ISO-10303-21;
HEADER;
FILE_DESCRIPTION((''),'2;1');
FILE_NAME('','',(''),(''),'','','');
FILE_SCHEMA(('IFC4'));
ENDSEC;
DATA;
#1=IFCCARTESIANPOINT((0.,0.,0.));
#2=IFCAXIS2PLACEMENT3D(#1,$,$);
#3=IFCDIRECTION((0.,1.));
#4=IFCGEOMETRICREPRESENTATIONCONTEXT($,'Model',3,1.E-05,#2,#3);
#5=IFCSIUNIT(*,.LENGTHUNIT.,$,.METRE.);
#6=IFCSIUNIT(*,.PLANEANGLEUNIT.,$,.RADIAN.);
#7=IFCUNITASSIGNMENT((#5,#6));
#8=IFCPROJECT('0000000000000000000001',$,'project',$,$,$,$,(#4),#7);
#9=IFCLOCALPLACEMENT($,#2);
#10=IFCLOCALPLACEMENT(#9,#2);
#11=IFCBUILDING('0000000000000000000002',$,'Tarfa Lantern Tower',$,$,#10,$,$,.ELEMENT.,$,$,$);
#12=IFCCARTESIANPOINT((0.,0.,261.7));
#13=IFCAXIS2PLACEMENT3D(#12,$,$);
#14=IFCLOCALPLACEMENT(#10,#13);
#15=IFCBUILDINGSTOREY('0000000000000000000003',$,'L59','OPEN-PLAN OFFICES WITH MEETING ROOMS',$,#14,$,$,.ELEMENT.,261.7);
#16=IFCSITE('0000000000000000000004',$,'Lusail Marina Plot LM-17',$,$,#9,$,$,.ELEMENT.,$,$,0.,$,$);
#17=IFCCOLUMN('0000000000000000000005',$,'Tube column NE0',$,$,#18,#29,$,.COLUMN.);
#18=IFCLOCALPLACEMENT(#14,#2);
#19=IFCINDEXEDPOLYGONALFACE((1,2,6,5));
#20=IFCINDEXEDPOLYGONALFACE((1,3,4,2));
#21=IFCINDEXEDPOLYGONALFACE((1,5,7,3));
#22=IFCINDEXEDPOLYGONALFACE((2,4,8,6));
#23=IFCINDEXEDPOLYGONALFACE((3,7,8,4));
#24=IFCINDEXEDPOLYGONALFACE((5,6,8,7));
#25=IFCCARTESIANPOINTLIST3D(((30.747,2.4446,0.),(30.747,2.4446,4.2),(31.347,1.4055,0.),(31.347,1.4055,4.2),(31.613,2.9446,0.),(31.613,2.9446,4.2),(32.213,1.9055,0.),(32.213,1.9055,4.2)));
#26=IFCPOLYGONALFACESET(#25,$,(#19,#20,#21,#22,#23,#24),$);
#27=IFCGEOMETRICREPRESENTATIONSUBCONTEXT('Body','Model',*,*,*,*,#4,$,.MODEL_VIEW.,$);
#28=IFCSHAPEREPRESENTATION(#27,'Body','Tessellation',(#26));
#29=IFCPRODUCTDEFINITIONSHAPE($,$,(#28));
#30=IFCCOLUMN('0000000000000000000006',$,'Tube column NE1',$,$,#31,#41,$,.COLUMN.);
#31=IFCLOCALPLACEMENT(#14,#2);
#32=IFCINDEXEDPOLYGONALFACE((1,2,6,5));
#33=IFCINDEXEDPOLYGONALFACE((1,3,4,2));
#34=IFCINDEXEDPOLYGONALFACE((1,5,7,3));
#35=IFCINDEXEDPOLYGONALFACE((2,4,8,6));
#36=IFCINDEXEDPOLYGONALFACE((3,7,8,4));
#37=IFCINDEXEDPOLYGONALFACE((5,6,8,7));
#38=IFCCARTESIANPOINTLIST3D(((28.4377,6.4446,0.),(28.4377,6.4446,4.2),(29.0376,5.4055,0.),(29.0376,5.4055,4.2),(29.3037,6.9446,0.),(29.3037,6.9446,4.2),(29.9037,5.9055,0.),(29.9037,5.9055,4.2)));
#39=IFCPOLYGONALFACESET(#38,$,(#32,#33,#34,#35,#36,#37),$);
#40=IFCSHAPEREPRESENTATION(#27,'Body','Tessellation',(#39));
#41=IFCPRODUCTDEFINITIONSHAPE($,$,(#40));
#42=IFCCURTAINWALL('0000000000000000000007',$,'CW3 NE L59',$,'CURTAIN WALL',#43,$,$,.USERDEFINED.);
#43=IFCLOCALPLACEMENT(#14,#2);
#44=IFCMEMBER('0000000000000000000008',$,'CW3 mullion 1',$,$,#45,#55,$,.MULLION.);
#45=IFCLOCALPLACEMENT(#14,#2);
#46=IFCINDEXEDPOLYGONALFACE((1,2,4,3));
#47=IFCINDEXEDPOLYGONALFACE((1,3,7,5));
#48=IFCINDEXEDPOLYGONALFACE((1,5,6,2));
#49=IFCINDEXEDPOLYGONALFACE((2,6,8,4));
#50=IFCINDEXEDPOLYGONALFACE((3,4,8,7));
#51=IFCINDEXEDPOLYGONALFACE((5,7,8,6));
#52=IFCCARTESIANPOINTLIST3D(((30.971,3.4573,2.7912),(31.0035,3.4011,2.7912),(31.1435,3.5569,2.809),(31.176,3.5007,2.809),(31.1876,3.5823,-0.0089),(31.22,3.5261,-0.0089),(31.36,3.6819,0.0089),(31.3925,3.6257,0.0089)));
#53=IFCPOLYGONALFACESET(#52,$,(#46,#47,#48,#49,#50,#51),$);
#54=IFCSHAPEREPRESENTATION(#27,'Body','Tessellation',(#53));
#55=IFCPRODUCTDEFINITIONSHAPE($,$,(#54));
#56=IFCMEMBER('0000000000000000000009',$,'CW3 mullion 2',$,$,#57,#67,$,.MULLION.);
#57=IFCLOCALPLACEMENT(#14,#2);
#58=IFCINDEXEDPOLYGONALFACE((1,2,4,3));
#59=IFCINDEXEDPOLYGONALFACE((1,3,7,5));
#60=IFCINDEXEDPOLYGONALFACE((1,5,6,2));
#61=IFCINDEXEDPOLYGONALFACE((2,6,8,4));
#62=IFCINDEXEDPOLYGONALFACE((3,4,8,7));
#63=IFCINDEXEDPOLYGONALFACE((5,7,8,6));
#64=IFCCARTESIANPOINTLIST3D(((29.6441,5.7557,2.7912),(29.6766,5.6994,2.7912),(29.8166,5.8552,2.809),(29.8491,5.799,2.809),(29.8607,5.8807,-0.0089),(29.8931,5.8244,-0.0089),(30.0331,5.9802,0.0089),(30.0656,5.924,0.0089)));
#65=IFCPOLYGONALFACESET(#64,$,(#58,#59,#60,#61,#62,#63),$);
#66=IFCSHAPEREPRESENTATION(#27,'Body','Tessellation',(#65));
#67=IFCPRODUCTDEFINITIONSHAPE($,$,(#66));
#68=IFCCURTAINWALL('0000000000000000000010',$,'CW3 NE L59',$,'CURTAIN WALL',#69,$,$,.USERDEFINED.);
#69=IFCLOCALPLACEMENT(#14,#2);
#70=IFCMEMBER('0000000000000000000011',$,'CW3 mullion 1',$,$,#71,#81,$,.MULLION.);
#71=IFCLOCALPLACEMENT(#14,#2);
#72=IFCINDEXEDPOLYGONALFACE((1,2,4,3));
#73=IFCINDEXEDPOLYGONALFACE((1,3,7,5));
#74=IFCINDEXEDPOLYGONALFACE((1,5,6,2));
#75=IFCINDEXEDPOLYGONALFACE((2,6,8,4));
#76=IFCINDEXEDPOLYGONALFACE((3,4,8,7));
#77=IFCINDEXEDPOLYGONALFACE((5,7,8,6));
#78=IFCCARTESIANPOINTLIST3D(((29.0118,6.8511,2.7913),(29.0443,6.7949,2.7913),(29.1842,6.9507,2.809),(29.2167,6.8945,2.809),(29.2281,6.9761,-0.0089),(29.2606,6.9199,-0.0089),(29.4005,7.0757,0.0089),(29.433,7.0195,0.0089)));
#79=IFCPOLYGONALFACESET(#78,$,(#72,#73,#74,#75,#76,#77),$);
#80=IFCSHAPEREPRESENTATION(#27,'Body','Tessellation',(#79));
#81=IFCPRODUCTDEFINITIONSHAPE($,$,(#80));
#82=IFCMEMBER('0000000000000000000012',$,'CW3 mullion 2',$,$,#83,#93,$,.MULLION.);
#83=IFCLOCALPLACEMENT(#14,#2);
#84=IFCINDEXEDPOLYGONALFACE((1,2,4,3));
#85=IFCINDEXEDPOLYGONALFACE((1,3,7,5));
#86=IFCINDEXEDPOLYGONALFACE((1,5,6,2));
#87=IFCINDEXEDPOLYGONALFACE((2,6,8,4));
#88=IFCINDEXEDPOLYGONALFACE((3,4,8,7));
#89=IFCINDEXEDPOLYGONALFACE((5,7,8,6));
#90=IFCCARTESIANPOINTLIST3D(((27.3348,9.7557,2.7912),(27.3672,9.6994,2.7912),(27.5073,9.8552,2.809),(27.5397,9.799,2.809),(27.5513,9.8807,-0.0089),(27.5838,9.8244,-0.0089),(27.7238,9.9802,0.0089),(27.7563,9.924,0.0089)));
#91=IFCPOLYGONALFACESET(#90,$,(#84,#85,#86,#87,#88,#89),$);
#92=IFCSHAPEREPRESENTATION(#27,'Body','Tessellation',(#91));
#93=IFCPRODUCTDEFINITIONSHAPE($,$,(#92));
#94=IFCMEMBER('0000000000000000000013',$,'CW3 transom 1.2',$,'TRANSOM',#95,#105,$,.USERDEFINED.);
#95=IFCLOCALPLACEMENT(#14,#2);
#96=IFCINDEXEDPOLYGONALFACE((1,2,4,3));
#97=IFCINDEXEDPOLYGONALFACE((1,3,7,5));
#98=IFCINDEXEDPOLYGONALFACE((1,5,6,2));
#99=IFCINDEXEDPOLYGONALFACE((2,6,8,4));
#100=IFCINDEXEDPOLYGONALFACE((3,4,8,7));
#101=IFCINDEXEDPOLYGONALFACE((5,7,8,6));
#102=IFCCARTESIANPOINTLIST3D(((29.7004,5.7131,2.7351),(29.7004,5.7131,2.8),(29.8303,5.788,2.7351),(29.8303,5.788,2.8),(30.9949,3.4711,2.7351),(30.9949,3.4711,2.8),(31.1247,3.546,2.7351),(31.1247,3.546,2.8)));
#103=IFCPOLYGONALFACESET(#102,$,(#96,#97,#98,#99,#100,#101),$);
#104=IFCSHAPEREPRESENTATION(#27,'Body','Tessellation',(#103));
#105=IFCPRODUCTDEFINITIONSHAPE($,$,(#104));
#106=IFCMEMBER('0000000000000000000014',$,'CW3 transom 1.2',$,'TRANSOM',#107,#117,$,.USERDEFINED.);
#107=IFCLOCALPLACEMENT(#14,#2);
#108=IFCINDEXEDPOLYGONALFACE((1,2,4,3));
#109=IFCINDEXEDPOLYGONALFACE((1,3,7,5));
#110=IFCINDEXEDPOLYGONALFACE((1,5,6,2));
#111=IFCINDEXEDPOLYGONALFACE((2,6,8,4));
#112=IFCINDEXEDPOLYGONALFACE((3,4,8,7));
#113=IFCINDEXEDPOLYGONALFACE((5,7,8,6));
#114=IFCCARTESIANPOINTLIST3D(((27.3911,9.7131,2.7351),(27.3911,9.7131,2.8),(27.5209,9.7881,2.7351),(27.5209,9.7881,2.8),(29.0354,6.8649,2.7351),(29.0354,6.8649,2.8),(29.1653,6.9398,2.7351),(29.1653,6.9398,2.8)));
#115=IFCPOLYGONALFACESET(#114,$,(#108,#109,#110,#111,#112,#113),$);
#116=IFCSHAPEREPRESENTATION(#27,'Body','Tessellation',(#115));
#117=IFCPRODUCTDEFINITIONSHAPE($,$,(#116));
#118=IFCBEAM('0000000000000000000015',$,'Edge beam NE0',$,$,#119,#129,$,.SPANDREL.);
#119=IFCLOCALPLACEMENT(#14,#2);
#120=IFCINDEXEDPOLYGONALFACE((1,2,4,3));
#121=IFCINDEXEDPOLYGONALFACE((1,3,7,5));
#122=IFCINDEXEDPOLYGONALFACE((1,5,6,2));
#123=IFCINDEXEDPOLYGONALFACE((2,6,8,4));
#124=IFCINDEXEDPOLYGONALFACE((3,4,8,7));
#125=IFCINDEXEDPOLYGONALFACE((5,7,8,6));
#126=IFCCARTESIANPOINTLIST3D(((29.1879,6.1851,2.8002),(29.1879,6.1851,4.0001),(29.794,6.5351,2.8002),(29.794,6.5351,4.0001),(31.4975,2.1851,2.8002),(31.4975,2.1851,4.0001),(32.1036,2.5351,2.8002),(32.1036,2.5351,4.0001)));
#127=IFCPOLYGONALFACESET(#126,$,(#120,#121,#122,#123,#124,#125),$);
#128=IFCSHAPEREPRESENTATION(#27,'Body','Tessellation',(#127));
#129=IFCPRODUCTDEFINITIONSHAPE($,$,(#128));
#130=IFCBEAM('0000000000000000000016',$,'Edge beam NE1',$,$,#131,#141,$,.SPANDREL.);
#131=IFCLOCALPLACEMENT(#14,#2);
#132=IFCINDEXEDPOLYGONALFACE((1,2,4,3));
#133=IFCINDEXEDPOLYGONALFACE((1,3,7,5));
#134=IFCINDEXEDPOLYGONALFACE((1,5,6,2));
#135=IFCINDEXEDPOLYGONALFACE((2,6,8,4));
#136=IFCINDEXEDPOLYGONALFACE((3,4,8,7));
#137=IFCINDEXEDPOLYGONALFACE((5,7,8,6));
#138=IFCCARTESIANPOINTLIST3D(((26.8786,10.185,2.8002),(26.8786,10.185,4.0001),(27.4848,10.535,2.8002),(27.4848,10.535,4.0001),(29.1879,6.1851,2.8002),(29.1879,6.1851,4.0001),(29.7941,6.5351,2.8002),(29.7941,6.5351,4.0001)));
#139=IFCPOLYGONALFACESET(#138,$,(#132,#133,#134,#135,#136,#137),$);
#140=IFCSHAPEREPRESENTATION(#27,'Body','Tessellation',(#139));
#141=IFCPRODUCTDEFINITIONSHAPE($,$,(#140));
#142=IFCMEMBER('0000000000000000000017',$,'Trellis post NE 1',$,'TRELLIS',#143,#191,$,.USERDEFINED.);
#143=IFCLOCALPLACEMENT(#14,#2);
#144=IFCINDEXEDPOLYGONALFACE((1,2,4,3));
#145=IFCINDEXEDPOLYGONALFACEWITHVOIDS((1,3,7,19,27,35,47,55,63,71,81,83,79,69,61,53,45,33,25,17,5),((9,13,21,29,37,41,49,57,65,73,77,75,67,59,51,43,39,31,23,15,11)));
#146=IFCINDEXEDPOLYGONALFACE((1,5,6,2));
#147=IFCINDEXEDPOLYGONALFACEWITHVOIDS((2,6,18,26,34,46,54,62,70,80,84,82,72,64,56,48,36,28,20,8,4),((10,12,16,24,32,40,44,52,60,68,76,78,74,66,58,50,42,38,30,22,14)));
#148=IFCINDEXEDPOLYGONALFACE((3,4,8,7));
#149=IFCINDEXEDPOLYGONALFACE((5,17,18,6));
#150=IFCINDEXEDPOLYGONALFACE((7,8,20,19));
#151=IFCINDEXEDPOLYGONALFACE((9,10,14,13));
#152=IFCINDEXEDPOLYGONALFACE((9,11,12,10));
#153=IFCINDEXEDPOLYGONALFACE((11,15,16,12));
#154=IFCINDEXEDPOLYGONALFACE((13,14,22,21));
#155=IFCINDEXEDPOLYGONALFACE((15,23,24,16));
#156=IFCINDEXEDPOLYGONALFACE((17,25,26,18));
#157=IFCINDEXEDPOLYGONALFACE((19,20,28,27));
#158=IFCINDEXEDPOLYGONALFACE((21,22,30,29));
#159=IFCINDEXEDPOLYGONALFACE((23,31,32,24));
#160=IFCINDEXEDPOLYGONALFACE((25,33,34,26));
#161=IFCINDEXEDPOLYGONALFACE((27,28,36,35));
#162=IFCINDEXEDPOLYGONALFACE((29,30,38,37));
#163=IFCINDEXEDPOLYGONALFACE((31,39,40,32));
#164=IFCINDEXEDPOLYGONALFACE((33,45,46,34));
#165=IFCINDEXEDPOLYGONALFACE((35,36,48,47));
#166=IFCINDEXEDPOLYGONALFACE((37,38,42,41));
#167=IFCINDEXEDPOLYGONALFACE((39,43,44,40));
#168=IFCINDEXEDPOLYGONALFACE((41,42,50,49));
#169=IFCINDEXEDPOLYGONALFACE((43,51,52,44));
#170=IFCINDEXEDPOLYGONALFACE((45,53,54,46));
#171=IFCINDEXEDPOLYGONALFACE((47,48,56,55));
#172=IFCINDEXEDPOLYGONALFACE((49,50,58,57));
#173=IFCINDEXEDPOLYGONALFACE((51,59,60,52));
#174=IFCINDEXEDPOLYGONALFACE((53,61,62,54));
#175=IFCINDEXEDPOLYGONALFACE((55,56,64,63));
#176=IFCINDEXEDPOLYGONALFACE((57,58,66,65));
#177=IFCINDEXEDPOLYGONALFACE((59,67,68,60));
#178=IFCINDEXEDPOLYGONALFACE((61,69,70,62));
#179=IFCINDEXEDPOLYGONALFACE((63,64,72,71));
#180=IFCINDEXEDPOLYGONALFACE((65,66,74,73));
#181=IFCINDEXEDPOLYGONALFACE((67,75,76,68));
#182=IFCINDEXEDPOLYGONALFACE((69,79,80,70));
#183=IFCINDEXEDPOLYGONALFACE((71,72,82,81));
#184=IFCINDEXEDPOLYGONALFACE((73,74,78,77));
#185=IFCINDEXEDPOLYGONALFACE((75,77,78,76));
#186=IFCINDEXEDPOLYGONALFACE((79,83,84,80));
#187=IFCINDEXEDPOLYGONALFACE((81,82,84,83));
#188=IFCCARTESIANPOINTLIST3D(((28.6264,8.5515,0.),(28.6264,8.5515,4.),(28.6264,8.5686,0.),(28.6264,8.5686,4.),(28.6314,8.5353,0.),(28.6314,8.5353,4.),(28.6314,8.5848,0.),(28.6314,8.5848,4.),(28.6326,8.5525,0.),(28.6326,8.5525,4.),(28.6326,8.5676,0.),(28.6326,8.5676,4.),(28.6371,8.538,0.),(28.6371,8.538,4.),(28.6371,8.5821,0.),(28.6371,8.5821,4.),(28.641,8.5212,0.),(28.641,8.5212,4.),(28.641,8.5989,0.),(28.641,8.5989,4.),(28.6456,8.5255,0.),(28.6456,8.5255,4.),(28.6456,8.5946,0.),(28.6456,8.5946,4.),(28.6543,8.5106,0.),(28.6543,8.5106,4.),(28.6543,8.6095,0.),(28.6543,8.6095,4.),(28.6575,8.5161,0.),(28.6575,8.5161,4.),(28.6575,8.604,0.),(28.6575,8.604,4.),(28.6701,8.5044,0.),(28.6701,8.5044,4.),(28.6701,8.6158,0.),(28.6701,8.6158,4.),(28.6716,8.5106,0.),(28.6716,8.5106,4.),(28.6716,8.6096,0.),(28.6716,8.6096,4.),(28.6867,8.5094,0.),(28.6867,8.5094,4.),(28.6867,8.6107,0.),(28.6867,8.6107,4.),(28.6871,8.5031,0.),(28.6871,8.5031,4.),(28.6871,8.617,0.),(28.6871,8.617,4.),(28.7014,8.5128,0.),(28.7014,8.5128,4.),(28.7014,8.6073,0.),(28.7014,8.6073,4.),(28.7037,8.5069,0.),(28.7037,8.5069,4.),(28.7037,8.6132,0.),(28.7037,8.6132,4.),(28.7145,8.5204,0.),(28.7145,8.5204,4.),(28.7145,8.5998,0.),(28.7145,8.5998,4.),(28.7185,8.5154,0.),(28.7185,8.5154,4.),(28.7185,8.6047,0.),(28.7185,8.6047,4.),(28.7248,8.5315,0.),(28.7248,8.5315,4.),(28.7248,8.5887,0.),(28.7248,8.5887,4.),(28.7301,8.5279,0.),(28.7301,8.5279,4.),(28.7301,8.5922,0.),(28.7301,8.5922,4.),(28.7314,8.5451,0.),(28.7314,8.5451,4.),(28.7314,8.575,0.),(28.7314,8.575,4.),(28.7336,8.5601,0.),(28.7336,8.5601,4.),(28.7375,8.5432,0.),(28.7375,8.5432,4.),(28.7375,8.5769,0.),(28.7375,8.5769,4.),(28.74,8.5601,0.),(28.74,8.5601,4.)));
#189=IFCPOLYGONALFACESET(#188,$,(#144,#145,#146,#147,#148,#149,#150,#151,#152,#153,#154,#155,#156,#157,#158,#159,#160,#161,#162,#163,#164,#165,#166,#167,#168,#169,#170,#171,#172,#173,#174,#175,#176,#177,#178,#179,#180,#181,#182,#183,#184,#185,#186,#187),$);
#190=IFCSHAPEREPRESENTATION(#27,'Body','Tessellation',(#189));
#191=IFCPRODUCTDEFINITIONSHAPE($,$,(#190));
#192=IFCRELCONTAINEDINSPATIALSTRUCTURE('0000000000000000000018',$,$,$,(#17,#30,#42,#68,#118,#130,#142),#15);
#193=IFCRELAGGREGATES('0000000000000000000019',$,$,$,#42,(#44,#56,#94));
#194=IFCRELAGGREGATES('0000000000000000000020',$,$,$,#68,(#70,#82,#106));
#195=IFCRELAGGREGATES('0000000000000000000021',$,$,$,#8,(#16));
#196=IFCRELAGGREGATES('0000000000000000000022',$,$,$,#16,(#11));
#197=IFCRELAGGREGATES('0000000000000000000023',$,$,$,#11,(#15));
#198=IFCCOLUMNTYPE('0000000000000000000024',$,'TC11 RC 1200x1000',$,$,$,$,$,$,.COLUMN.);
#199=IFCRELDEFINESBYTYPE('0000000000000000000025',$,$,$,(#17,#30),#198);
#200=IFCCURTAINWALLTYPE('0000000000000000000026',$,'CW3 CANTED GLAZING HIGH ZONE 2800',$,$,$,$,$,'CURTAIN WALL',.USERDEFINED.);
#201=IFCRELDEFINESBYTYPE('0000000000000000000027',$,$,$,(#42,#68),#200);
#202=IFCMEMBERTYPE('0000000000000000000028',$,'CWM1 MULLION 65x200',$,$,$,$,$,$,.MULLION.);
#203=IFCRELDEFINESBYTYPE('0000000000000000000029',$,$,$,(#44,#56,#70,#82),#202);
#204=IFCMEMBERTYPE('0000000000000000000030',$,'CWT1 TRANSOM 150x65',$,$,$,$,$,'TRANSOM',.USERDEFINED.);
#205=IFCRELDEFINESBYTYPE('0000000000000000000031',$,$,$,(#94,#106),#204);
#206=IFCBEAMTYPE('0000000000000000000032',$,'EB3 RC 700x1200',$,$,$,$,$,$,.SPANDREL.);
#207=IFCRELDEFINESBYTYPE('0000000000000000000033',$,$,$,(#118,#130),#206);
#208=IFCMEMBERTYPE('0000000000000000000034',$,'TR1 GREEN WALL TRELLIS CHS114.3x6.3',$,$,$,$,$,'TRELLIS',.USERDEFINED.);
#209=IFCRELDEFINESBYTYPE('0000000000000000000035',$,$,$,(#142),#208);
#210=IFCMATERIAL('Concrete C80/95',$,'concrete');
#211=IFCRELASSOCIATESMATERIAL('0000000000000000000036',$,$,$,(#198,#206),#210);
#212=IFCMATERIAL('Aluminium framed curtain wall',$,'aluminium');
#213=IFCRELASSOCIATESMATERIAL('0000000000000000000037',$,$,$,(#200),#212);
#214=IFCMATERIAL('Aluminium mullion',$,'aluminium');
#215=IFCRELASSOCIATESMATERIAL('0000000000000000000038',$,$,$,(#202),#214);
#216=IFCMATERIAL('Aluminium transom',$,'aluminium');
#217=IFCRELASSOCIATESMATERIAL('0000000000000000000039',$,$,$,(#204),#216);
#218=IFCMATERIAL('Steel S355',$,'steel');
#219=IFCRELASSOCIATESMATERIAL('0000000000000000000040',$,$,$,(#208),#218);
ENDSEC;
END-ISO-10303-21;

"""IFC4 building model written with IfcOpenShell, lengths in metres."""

from ifc_helpers import new_model, si_unit, direction, frame, origin, origin_2d, place, context, subcontext, project, spatial, rectangle, hollow_circle, extrude, material, material_profile, profile_set, type_object, element, aggregate, save


model = new_model("IFC4")

# Units and contexts
model_context = context("Model", 3, precision=1e-05, world=origin(), true_north=direction((0.0, 1.0)))
body_context = subcontext(model_context, "Body", "Model", "MODEL_VIEW")
ifc_project = project(units=[si_unit("LENGTHUNIT", "METRE"), si_unit("PLANEANGLEUNIT", "RADIAN")], contexts=[model_context])

# Site, building, storey
site_placement = place(None, origin())
site = spatial("IfcSite", under=ifc_project, at=site_placement, Name="Lusail Marina Plot LM-17", CompositionType="ELEMENT", RefElevation=0.0)
building_placement = place(site_placement, origin())
building = spatial("IfcBuilding", under=site, at=building_placement, Name="Tarfa Lantern Tower", CompositionType="ELEMENT")
storey_placement = place(building_placement, frame((0.0, 0.0, 261.7)))
storey = spatial("IfcBuildingStorey", under=building, at=storey_placement, Name="L59", Description="OPEN-PLAN OFFICES WITH MEETING ROOMS", CompositionType="ELEMENT", Elevation=261.7)

# Columns
ifc_material_1 = material(Name="Concrete C80/95", Category="concrete")
ifc_material_profile_1 = material_profile(ifc_material_1, rectangle(XDim=1.2, YDim=1.0, at=origin_2d()), Name="RC 1200x1000")
ifc_profile_set_1 = profile_set([ifc_material_profile_1], Name="Concrete C80/95")
column_type = type_object("IfcColumnType", Name="TC11 RC 1200x1000", PredefinedType="COLUMN", material=ifc_profile_set_1)
for number, where, z_axis, x_axis, name in (
    (1, (31.48, 2.175, 0.0), (0.0, 0.0, 1.0), (-0.5, 0.866025, 0.0), "Tube column NE0"),
    (2, (29.1707, 6.175, 0.0), (0.0, 0.0, 1.0), (-0.5, 0.866025, 0.0), "Tube column NE1"),
):
    element("IfcColumn", number, at=place(storey_placement, frame(where, z_axis=z_axis, x_axis=x_axis)), inside=storey, type_object=column_type, Name=name, PredefinedType="COLUMN", context=body_context, shape_type="SweptSolid", body=[
        extrude(rectangle(XDim=1.2, YDim=1.0, at=origin_2d()), origin(), (0.0, 0.0, 1.0), 4.2),
    ])

# Curtain walls, members
ifc_material_2 = material(Name="Aluminium framed curtain wall", Category="aluminium")
curtain_wall_type = type_object("IfcCurtainWallType", Name="CW3 CANTED GLAZING HIGH ZONE 2800", ElementType="CURTAIN WALL", PredefinedType="USERDEFINED", material=ifc_material_2)
curtain_wall_1_placement = place(storey_placement, origin())
curtain_wall_1 = element("IfcCurtainWall", 3, at=curtain_wall_1_placement, inside=storey, type_object=curtain_wall_type, Name="CW3 NE L59", ObjectType="CURTAIN WALL", PredefinedType="USERDEFINED")
ifc_material_3 = material(Name="Aluminium mullion", Category="aluminium")
ifc_material_profile_2 = material_profile(ifc_material_3, rectangle(XDim=0.0649, YDim=0.2, at=origin_2d()), Name="AL MULLION 65x200")
ifc_profile_set_2 = profile_set([ifc_material_profile_2], Name="Aluminium mullion")
member_type_1 = type_object("IfcMemberType", Name="CWM1 MULLION 65x200", PredefinedType="MULLION", material=ifc_profile_set_2)
member_1_placement = place(storey_placement, frame((31.29, 3.604, 0.0), z_axis=(-0.077032, -0.044465, 0.996037), x_axis=(0.49992, -0.866072, 0.0)))
member_1 = element("IfcMember", 4, at=member_1_placement, type_object=member_type_1, Name="CW3 mullion 1", PredefinedType="MULLION", context=body_context, shape_type="SweptSolid", body=[
    extrude(rectangle(XDim=0.0649, YDim=0.2, at=origin_2d()), origin(), (0.0, 0.0, 1.0), 2.8113),
])
member_2_placement = place(storey_placement, frame((29.9631, 5.9023, 0.0), z_axis=(-0.077032, -0.044465, 0.996037), x_axis=(0.49992, -0.866072, 0.0)))
member_2 = element("IfcMember", 5, at=member_2_placement, type_object=member_type_1, Name="CW3 mullion 2", PredefinedType="MULLION", context=body_context, shape_type="SweptSolid", body=[
    extrude(rectangle(XDim=0.0649, YDim=0.2, at=origin_2d()), origin(), (0.0, 0.0, 1.0), 2.8113),
])
curtain_wall_2_placement = place(storey_placement, origin())
curtain_wall_2 = element("IfcCurtainWall", 6, at=curtain_wall_2_placement, inside=storey, type_object=curtain_wall_type, Name="CW3 NE L59", ObjectType="CURTAIN WALL", PredefinedType="USERDEFINED")
member_3_placement = place(storey_placement, frame((29.3306, 6.9978, 0.0), z_axis=(-0.076946, -0.044465, 0.996043), x_axis=(0.500343, -0.865827, 0.0)))
member_3 = element("IfcMember", 7, at=member_3_placement, type_object=member_type_1, Name="CW3 mullion 1", PredefinedType="MULLION", context=body_context, shape_type="SweptSolid", body=[
    extrude(rectangle(XDim=0.0649, YDim=0.2, at=origin_2d()), origin(), (0.0, 0.0, 1.0), 2.8113),
])
member_4_placement = place(storey_placement, frame((27.6538, 9.9023, 0.0), z_axis=(-0.077032, -0.044465, 0.996037), x_axis=(0.49992, -0.866072, 0.0)))
member_4 = element("IfcMember", 8, at=member_4_placement, type_object=member_type_1, Name="CW3 mullion 2", PredefinedType="MULLION", context=body_context, shape_type="SweptSolid", body=[
    extrude(rectangle(XDim=0.0649, YDim=0.2, at=origin_2d()), origin(), (0.0, 0.0, 1.0), 2.8113),
])

# Members
ifc_material_4 = material(Name="Aluminium transom", Category="aluminium")
ifc_material_profile_3 = material_profile(ifc_material_4, rectangle(XDim=0.1499, YDim=0.0649, at=origin_2d()), Name="AL TRANSOM 150x65")
ifc_profile_set_3 = profile_set([ifc_material_profile_3], Name="Aluminium transom")
member_type_2 = type_object("IfcMemberType", Name="CWT1 TRANSOM 150x65", ElementType="TRANSOM", PredefinedType="USERDEFINED", material=ifc_profile_set_3)
member_5_placement = place(storey_placement, frame((31.0598, 3.5085, 2.7676), z_axis=(-0.500014, 0.866018, 0.0), x_axis=(-0.866018, -0.500014, 0.0)))
member_5 = element("IfcMember", 9, at=member_5_placement, type_object=member_type_2, Name="CW3 transom 1.2", ObjectType="TRANSOM", PredefinedType="USERDEFINED", context=body_context, shape_type="SweptSolid", body=[
    extrude(rectangle(XDim=0.1499, YDim=0.0649, at=origin_2d()), origin(), (0.0, 0.0, 1.0), 2.5889),
])
member_6_placement = place(storey_placement, frame((29.1003, 6.9023, 2.7676), z_axis=(-0.499979, 0.866037, 0.0), x_axis=(-0.866037, -0.499979, 0.0)))
member_6 = element("IfcMember", 10, at=member_6_placement, type_object=member_type_2, Name="CW3 transom 1.2", ObjectType="TRANSOM", PredefinedType="USERDEFINED", context=body_context, shape_type="SweptSolid", body=[
    extrude(rectangle(XDim=0.1499, YDim=0.0649, at=origin_2d()), origin(), (0.0, 0.0, 1.0), 3.2888),
])

# Beams
ifc_material_profile_4 = material_profile(ifc_material_1, rectangle(XDim=0.7, YDim=1.2, at=origin_2d()), Name="RC 700x1200")
ifc_profile_set_4 = profile_set([ifc_material_profile_4], Name="Concrete C80/95")
beam_type_1 = type_object("IfcBeamType", Name="EB3 RC 700x1200", PredefinedType="SPANDREL", material=ifc_profile_set_4)
beam_1_placement = place(storey_placement, frame((31.8005, 2.3601, 3.4001), z_axis=(-0.500027, 0.86601, 0.0), x_axis=(-0.86601, -0.500027, 0.0)))
element("IfcBeam", 11, at=beam_1_placement, inside=storey, type_object=beam_type_1, Name="Edge beam NE0", PredefinedType="SPANDREL", context=body_context, shape_type="SweptSolid", body=[
    extrude(rectangle(XDim=0.7, YDim=1.2, at=origin_2d()), origin(), (0.0, 0.0, 1.0), 4.6189),
])
beam_2_placement = place(storey_placement, frame((29.491, 6.3601, 3.4001), z_axis=(-0.499988, 0.866032, 0.0), x_axis=(-0.866032, -0.499988, 0.0)))
element("IfcBeam", 12, at=beam_2_placement, inside=storey, type_object=beam_type_1, Name="Edge beam NE1", PredefinedType="SPANDREL", context=body_context, shape_type="SweptSolid", body=[
    extrude(rectangle(XDim=0.7, YDim=1.2, at=origin_2d()), origin(), (0.0, 0.0, 1.0), 4.6187),
])

# Member
ifc_material_5 = material(Name="Steel S355", Category="steel")
ifc_material_profile_5 = material_profile(ifc_material_5, hollow_circle(Radius=0.0571, WallThickness=0.0063, at=origin_2d()), Name="CHS114.3x6.3")
ifc_profile_set_5 = profile_set([ifc_material_profile_5], Name="Steel S355")
member_type_3 = type_object("IfcMemberType", Name="TR1 GREEN WALL TRELLIS CHS114.3x6.3", ElementType="TRELLIS", PredefinedType="USERDEFINED", material=ifc_profile_set_5)
member_7_placement = place(storey_placement, frame((28.6829, 8.5601, 0.0), z_axis=(0.0, 0.0, 1.0), x_axis=(1.0, 0.0, 0.0)))
element("IfcMember", 13, at=member_7_placement, inside=storey, type_object=member_type_3, Name="Trellis post NE 1", ObjectType="TRELLIS", PredefinedType="USERDEFINED", context=body_context, shape_type="SweptSolid", body=[
    extrude(hollow_circle(Radius=0.0571, WallThickness=0.0063, at=origin_2d()), origin(), (0.0, 0.0, 1.0), 4.0),
])

aggregate(curtain_wall_1, [member_1, member_2, member_5])
aggregate(curtain_wall_2, [member_3, member_4, member_6])

save(model, "model.ifc")
